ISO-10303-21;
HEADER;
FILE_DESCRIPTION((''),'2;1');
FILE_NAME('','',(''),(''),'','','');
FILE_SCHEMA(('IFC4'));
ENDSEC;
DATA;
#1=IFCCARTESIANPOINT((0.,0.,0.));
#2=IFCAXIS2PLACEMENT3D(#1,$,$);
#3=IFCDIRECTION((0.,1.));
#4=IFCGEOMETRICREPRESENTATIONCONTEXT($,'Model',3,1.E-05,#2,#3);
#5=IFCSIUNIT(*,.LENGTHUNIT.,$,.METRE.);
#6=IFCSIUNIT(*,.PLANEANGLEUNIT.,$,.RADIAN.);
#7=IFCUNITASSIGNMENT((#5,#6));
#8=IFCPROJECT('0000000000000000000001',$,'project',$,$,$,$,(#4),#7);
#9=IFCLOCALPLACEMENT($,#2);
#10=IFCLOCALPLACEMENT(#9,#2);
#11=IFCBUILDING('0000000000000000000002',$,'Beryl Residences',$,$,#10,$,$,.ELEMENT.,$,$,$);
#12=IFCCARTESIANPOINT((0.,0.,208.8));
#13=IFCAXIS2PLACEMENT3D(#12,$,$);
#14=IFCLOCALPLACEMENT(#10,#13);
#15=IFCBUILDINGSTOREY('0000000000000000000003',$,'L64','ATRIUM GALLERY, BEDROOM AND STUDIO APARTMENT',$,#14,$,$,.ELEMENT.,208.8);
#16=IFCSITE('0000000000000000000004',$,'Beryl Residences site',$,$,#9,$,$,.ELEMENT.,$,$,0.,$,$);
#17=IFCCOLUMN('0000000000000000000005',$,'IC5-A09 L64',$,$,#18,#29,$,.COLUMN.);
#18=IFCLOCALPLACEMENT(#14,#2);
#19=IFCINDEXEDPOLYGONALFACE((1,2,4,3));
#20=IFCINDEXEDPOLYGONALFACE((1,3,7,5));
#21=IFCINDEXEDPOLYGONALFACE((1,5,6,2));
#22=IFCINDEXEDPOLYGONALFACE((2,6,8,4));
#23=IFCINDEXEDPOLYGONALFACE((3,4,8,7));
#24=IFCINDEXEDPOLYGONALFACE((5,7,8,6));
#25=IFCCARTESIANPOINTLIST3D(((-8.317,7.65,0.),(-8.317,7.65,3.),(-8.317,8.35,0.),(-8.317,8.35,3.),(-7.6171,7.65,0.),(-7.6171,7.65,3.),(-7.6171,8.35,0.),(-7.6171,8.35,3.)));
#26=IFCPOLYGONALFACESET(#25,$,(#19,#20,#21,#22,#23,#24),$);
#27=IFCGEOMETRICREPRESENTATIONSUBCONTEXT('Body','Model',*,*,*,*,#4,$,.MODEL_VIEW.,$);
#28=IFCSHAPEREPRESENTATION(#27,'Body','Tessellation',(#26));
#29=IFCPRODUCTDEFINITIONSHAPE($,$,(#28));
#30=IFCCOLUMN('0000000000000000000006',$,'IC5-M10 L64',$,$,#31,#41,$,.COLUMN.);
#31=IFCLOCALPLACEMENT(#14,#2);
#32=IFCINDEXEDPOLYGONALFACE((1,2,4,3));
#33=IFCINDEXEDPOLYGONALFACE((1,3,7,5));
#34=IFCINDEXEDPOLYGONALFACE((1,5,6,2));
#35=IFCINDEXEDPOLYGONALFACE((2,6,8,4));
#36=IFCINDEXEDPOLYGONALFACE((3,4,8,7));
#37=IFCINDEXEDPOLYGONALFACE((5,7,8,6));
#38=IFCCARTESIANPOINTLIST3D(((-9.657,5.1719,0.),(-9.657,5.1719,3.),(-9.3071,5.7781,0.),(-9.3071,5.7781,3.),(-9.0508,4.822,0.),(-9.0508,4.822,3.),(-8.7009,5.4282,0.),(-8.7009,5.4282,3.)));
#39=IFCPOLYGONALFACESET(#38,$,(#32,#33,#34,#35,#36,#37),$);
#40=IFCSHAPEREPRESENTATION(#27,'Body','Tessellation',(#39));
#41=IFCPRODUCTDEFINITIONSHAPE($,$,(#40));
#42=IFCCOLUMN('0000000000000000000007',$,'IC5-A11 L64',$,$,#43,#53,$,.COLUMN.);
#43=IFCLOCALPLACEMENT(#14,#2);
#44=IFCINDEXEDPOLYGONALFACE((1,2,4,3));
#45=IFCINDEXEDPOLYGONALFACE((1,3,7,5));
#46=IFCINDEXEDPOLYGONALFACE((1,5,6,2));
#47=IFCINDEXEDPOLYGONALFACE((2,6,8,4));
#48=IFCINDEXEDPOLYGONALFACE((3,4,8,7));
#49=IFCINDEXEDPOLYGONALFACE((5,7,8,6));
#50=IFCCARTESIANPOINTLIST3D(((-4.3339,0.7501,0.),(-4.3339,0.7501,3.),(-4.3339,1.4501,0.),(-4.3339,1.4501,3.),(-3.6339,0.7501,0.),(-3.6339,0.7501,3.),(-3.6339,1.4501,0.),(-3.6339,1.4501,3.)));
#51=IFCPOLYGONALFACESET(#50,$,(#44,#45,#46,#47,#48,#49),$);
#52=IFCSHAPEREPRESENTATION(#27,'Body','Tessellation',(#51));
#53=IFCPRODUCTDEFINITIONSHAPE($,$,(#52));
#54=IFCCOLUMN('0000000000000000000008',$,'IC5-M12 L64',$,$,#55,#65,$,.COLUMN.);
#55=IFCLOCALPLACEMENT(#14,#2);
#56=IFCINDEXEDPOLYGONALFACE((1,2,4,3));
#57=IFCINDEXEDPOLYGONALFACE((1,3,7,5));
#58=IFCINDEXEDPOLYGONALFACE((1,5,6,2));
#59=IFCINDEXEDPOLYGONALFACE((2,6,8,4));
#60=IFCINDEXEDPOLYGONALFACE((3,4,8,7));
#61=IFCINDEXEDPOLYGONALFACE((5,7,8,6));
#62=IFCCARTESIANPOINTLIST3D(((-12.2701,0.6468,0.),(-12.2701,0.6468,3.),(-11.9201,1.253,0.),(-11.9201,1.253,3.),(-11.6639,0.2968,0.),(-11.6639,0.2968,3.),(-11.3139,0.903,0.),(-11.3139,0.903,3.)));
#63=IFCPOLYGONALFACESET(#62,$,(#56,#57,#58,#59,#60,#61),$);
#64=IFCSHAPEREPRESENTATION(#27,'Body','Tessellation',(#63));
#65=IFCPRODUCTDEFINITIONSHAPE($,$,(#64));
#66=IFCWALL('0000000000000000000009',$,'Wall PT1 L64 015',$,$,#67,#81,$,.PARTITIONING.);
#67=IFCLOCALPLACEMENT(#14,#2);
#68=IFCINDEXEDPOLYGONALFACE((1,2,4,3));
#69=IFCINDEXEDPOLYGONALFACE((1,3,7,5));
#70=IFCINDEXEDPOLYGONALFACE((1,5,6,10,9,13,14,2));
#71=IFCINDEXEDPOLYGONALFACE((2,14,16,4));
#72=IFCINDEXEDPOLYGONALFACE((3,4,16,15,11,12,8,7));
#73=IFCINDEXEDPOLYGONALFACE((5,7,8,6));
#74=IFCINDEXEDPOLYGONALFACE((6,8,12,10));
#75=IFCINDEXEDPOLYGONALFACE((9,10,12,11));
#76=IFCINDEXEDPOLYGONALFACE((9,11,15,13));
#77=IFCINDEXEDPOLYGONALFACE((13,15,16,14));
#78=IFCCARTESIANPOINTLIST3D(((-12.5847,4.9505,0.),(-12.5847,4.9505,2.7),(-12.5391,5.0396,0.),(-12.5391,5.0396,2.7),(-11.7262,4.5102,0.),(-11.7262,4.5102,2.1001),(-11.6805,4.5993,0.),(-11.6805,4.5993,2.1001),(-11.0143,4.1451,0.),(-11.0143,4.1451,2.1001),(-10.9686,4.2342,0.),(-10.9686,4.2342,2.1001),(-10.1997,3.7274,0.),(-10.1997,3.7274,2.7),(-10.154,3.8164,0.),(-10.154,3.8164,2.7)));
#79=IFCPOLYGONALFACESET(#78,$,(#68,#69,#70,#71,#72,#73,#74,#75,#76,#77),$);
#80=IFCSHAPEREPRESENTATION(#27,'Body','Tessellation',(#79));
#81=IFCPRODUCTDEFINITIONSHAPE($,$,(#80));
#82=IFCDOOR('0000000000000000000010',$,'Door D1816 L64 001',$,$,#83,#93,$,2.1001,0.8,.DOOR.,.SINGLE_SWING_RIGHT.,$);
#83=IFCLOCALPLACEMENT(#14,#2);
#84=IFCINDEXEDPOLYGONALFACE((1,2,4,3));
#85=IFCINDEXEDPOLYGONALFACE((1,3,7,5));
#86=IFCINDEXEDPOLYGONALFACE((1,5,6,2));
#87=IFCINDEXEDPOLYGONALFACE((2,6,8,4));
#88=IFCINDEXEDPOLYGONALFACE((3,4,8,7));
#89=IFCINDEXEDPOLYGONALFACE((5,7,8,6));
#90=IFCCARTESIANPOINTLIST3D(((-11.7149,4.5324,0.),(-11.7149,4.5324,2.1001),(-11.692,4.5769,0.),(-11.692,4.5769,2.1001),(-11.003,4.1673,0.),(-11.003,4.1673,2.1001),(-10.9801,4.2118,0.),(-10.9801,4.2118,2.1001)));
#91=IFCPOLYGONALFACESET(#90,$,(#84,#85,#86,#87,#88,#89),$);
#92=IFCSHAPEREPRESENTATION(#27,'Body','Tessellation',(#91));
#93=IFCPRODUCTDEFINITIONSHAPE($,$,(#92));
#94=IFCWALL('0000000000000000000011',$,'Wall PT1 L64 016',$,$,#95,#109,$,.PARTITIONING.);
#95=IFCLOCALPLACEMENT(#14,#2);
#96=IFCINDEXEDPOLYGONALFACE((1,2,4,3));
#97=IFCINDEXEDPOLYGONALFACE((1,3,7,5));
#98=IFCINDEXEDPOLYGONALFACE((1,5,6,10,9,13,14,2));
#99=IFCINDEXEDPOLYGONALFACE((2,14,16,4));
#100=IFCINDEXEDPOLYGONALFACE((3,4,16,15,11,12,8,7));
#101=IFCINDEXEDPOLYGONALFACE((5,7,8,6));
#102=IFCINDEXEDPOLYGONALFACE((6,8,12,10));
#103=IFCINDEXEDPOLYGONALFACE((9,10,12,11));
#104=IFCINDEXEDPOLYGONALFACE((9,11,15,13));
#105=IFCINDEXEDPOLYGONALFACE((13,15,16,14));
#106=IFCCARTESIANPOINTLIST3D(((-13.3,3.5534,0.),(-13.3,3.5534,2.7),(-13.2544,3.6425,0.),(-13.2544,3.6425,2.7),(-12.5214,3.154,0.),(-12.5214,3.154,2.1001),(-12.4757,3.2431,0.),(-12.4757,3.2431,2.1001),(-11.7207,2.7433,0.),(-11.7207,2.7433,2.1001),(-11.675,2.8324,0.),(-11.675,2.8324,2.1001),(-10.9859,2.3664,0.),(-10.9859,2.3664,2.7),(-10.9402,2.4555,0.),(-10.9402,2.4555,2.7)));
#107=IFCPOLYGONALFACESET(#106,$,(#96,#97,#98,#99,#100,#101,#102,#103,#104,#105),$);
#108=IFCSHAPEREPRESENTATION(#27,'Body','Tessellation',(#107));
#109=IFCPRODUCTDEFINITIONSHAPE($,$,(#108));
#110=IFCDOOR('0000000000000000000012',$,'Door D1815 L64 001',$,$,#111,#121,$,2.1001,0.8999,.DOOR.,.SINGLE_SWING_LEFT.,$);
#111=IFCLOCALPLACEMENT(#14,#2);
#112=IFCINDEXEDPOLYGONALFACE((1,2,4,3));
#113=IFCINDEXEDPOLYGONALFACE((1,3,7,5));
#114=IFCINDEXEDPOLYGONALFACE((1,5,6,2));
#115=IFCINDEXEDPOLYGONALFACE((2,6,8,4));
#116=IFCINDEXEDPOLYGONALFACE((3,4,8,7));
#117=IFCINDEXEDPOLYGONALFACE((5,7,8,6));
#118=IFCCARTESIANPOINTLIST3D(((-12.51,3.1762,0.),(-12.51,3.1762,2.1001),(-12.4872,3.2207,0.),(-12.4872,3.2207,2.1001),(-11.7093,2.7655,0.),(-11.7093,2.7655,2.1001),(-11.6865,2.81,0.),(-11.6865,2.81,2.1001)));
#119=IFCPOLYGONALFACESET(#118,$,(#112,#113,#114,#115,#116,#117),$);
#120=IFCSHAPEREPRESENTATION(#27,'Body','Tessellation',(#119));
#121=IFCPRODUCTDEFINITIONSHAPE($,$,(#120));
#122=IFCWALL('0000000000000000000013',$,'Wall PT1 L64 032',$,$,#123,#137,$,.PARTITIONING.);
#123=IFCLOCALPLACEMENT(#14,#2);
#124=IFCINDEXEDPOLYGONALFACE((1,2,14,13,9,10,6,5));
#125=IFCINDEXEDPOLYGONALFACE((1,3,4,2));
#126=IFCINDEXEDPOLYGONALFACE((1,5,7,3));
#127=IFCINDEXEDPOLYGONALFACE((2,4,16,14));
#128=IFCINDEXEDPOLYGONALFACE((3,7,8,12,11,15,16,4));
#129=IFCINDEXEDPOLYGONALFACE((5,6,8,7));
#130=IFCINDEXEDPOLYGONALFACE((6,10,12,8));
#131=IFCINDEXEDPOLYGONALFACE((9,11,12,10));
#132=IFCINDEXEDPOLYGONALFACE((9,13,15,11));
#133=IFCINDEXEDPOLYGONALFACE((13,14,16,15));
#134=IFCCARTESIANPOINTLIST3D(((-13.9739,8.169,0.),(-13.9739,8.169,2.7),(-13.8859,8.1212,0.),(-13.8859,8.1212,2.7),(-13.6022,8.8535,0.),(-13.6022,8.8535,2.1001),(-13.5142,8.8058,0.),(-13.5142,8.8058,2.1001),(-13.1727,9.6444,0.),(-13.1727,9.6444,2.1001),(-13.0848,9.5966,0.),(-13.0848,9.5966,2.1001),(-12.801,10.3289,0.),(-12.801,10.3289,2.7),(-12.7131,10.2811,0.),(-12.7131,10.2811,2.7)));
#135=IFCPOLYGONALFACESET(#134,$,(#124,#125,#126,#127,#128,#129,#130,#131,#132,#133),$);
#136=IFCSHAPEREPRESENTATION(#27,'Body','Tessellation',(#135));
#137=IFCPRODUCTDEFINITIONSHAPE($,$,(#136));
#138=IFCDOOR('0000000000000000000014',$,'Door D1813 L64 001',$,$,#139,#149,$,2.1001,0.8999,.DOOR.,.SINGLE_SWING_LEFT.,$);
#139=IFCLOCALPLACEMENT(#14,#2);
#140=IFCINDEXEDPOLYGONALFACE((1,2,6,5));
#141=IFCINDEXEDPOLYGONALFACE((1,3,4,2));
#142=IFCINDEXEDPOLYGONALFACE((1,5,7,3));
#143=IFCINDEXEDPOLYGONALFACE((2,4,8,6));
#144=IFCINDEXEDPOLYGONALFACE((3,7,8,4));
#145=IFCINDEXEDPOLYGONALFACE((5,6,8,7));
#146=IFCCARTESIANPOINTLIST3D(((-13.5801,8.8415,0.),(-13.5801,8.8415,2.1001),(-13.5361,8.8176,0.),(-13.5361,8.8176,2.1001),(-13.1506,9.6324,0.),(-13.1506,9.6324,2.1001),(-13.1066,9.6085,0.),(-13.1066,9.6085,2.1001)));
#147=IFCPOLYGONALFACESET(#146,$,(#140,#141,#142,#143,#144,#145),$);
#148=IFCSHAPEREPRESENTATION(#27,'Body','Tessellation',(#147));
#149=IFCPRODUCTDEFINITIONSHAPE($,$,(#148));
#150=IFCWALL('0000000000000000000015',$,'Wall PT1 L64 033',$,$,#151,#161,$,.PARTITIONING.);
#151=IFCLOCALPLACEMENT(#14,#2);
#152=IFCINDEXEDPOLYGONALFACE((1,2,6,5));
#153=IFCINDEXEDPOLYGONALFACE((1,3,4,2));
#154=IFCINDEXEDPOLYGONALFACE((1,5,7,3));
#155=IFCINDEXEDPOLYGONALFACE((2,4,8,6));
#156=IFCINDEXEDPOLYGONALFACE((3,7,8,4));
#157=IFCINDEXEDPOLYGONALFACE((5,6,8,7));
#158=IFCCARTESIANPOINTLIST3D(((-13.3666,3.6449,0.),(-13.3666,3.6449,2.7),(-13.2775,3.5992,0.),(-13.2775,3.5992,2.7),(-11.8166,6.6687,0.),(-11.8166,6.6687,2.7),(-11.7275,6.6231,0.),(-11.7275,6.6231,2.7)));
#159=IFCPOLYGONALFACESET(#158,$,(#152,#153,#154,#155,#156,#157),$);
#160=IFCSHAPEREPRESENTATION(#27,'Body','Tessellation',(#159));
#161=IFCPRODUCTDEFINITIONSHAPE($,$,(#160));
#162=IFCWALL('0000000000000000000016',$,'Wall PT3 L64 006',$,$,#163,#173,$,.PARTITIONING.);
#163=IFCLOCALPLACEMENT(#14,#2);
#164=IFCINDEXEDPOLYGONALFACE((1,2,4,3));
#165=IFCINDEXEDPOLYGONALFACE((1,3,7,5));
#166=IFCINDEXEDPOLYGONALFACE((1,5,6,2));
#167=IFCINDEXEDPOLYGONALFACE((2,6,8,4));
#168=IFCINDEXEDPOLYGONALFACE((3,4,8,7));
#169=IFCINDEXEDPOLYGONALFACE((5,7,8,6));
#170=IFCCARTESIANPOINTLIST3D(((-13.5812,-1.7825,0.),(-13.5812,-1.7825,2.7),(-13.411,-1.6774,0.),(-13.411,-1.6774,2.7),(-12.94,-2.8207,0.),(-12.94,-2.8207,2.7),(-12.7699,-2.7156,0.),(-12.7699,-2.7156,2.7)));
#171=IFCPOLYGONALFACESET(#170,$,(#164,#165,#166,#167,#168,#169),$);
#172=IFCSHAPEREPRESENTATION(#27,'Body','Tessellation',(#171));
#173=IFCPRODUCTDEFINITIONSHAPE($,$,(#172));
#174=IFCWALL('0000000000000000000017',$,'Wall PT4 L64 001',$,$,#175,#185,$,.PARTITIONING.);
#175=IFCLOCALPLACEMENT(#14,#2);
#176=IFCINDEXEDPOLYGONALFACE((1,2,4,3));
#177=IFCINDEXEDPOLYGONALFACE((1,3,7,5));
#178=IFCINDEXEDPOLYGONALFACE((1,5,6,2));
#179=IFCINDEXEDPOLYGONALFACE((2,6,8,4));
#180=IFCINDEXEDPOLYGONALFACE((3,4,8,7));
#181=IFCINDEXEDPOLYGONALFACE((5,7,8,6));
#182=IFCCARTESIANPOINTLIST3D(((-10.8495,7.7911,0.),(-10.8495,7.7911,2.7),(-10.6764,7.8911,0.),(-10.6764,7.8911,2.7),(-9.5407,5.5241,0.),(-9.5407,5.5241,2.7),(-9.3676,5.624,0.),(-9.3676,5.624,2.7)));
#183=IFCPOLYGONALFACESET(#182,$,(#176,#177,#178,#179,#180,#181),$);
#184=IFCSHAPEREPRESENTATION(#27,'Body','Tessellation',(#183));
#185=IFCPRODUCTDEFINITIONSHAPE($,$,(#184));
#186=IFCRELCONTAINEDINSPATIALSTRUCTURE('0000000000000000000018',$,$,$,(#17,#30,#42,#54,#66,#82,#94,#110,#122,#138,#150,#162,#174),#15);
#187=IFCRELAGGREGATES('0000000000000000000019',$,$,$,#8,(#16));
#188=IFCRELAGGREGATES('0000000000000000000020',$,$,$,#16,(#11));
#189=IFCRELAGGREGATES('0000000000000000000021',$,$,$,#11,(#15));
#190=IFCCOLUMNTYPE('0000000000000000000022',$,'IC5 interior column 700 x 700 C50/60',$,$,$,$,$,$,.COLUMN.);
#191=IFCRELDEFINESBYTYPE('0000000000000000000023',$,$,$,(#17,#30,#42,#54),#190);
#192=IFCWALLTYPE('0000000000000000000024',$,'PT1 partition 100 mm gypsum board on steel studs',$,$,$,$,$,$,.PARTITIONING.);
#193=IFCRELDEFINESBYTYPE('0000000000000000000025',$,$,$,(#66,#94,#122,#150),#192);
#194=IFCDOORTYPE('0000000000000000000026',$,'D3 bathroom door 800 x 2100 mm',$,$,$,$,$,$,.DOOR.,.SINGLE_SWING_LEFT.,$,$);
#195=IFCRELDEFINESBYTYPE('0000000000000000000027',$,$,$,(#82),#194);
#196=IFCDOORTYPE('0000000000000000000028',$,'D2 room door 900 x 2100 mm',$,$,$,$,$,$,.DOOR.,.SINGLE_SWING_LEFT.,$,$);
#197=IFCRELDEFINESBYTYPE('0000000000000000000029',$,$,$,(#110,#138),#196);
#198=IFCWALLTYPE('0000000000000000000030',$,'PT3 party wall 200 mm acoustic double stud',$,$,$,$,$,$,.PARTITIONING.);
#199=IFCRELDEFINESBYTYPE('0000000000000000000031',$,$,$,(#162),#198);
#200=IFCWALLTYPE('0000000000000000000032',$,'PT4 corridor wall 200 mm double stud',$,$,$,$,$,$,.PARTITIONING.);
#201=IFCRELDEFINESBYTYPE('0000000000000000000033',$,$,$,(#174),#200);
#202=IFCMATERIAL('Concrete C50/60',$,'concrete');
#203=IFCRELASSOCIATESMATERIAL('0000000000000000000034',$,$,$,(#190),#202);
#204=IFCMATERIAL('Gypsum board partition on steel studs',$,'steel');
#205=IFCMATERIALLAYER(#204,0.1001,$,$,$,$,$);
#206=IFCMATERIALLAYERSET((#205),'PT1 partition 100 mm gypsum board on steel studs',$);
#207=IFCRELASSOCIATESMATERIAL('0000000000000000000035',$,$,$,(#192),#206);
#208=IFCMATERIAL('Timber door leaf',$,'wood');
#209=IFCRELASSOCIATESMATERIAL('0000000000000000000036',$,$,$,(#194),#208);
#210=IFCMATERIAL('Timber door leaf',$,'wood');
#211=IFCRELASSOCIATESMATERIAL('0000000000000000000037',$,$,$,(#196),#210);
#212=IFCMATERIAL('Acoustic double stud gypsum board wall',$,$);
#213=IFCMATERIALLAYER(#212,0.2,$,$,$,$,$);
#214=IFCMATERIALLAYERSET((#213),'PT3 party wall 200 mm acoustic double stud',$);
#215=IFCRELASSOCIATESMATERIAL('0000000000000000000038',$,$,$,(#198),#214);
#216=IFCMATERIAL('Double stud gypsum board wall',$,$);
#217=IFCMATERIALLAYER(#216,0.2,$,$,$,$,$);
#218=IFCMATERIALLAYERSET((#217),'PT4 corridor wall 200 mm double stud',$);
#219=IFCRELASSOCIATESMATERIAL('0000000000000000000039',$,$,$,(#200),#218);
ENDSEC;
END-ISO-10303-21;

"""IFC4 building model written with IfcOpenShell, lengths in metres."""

from ifc_helpers import new_model, si_unit, direction, frame, frame_2d, origin, origin_2d, place, context, subcontext, project, spatial, rectangle, extrude, material, layer, layer_set, material_profile, profile_set, type_object, element, fill, save


model = new_model("IFC4")

# Units and contexts
model_context = context("Model", 3, precision=1e-05, world=origin(), true_north=direction((0.0, 1.0)))
body_context = subcontext(model_context, "Body", "Model", "MODEL_VIEW")
ifc_project = project(units=[si_unit("LENGTHUNIT", "METRE"), si_unit("PLANEANGLEUNIT", "RADIAN")], contexts=[model_context])

# Site, building, storey
site_placement = place(None, origin())
site = spatial("IfcSite", under=ifc_project, at=site_placement, Name="Beryl Residences site", CompositionType="ELEMENT", RefElevation=0.0)
building_placement = place(site_placement, origin())
building = spatial("IfcBuilding", under=site, at=building_placement, Name="Beryl Residences", CompositionType="ELEMENT")
storey_placement = place(building_placement, frame((0.0, 0.0, 208.8)))
storey = spatial("IfcBuildingStorey", under=building, at=storey_placement, Name="L64", Description="ATRIUM GALLERY, BEDROOM AND STUDIO APARTMENT", CompositionType="ELEMENT", Elevation=208.8)

# Columns
ifc_material_1 = material(Name="Concrete C50/60", Category="concrete")
ifc_material_profile = material_profile(ifc_material_1, rectangle(XDim=0.7, YDim=0.7, at=origin_2d()))
ifc_profile_set = profile_set([ifc_material_profile], Name="Concrete C50/60")
column_type = type_object("IfcColumnType", Name="IC5 interior column 700 x 700 C50/60", PredefinedType="COLUMN", material=ifc_profile_set)
for number, where, z_axis, x_axis, name in (
    (1, (-7.967, 8.0, 0.0), (0.0, 0.0, 1.0), (1.0, 0.0, 0.0), "IC5-A09 L64"),
    (2, (-9.179, 5.3, 0.0), (0.0, 0.0, 1.0), (-0.49997, -0.866043, 0.0), "IC5-M10 L64"),
    (3, (-3.9839, 1.1001, 0.0), (0.0, 0.0, 1.0), (1.0, 0.0, 0.0), "IC5-A11 L64"),
    (4, (-11.792, 0.7749, 0.0), (0.0, 0.0, 1.0), (-0.49997, -0.866043, 0.0), "IC5-M12 L64"),
):
    element("IfcColumn", number, at=place(storey_placement, frame(where, z_axis=z_axis, x_axis=x_axis)), inside=storey, type_object=column_type, Name=name, PredefinedType="COLUMN", context=body_context, shape_type="SweptSolid", body=[
        extrude(rectangle(XDim=0.7, YDim=0.7, at=origin_2d()), origin(), (0.0, 0.0, 1.0), 3.0),
    ])

# Walls, openings, doors
ifc_material_2 = material(Name="Gypsum board partition on steel studs", Category="steel")
ifc_layer_1 = layer(ifc_material_2, 0.1001)
ifc_layer_set_1 = layer_set([ifc_layer_1], Name="PT1 partition 100 mm gypsum board on steel studs")
wall_type_1 = type_object("IfcWallType", Name="PT1 partition 100 mm gypsum board on steel studs", PredefinedType="PARTITIONING", material=ifc_layer_set_1)
wall_1_placement = place(storey_placement, frame((-12.562, 4.9951, 0.0), z_axis=(0.0, 0.0, 1.0), x_axis=(0.889808, -0.456335, 0.0)))
wall_1 = element("IfcWall", 5, at=wall_1_placement, inside=storey, type_object=wall_type_1, Name="Wall PT1 L64 015", PredefinedType="PARTITIONING", context=body_context, shape_type="SweptSolid", body=[
    extrude(rectangle(XDim=2.6804, YDim=0.1001, at=frame_2d((1.3403, 0.0))), origin(), (0.0, 0.0, 1.0), 2.7),
])
opening_1_placement = place(wall_1_placement, frame((0.9651, 0.0, 0.0)))
opening_1 = element("IfcOpeningElement", 6, at=opening_1_placement, cuts=wall_1, PredefinedType="OPENING", context=body_context, shape_type="SweptSolid", body=[
    extrude(rectangle(XDim=0.8, YDim=2.1001, at=frame_2d((0.3999, 1.05))), frame((0.0, 0.0601, 0.0), z_axis=(0.0, -1.0, 0.0), x_axis=(1.0, 0.0, 0.0)), (0.0, 0.0, 1.0), 0.1201),
])
ifc_material_3 = material(Name="Timber door leaf", Category="wood")
door_type_1 = type_object("IfcDoorType", Name="D3 bathroom door 800 x 2100 mm", OperationType="SINGLE_SWING_LEFT", PredefinedType="DOOR", material=ifc_material_3)
door_1_placement = place(opening_1_placement, origin())
door_1 = element("IfcDoor", 7, at=door_1_placement, inside=storey, type_object=door_type_1, Name="Door D1816 L64 001", OperationType="SINGLE_SWING_RIGHT", OverallHeight=2.1001, OverallWidth=0.8, PredefinedType="DOOR", context=body_context, shape_type="SweptSolid", body=[
    extrude(rectangle(XDim=0.8, YDim=2.1001, at=frame_2d((0.3999, 1.05))), frame((0.0, 0.0249, 0.0), z_axis=(0.0, -1.0, 0.0), x_axis=(1.0, 0.0, 0.0)), (0.0, 0.0, 1.0), 0.05),
])
fill(opening_1, door_1)
wall_2_placement = place(storey_placement, frame((-13.2771, 3.5979, 0.0), z_axis=(0.0, 0.0, 1.0), x_axis=(0.88978, -0.456389, 0.0)))
wall_2 = element("IfcWall", 8, at=wall_2_placement, inside=storey, type_object=wall_type_1, Name="Wall PT1 L64 016", PredefinedType="PARTITIONING", context=body_context, shape_type="SweptSolid", body=[
    extrude(rectangle(XDim=2.6008, YDim=0.1001, at=frame_2d((1.3003, 0.0))), origin(), (0.0, 0.0, 1.0), 2.7),
])
opening_2_placement = place(wall_2_placement, frame((0.875, 0.0, 0.0)))
opening_2 = element("IfcOpeningElement", 9, at=opening_2_placement, cuts=wall_2, PredefinedType="OPENING", context=body_context, shape_type="SweptSolid", body=[
    extrude(rectangle(XDim=0.8999, YDim=2.1001, at=frame_2d((0.45, 1.05))), frame((0.0, 0.0601, 0.0), z_axis=(0.0, -1.0, 0.0), x_axis=(1.0, 0.0, 0.0)), (0.0, 0.0, 1.0), 0.1201),
])
ifc_material_4 = material(Name="Timber door leaf", Category="wood")
door_type_2 = type_object("IfcDoorType", Name="D2 room door 900 x 2100 mm", OperationType="SINGLE_SWING_LEFT", PredefinedType="DOOR", material=ifc_material_4)
door_2_placement = place(opening_2_placement, origin())
door_2 = element("IfcDoor", 10, at=door_2_placement, inside=storey, type_object=door_type_2, Name="Door D1815 L64 001", OperationType="SINGLE_SWING_LEFT", OverallHeight=2.1001, OverallWidth=0.8999, PredefinedType="DOOR", context=body_context, shape_type="SweptSolid", body=[
    extrude(rectangle(XDim=0.8999, YDim=2.1001, at=frame_2d((0.45, 1.05))), frame((0.0, 0.0249, 0.0), z_axis=(0.0, -1.0, 0.0), x_axis=(1.0, 0.0, 0.0)), (0.0, 0.0, 1.0), 0.05),
])
fill(opening_2, door_2)
wall_3_placement = place(storey_placement, frame((-13.9299, 8.145, 0.0), z_axis=(0.0, 0.0, 1.0), x_axis=(0.477195, 0.878797, 0.0)))
wall_3 = element("IfcWall", 11, at=wall_3_placement, inside=storey, type_object=wall_type_1, Name="Wall PT1 L64 032", PredefinedType="PARTITIONING", context=body_context, shape_type="SweptSolid", body=[
    extrude(rectangle(XDim=2.4578, YDim=0.1001, at=frame_2d((1.229, 0.0))), origin(), (0.0, 0.0, 1.0), 2.7),
])
opening_3_placement = place(wall_3_placement, frame((0.7791, 0.0, 0.0)))
opening_3 = element("IfcOpeningElement", 12, at=opening_3_placement, cuts=wall_3, PredefinedType="OPENING", context=body_context, shape_type="SweptSolid", body=[
    extrude(rectangle(XDim=0.8999, YDim=2.1001, at=frame_2d((0.45, 1.05))), frame((0.0, 0.0601, 0.0), z_axis=(0.0, -1.0, 0.0), x_axis=(1.0, 0.0, 0.0)), (0.0, 0.0, 1.0), 0.1201),
])
door_3_placement = place(opening_3_placement, origin())
door_3 = element("IfcDoor", 13, at=door_3_placement, inside=storey, type_object=door_type_2, Name="Door D1813 L64 001", OperationType="SINGLE_SWING_LEFT", OverallHeight=2.1001, OverallWidth=0.8999, PredefinedType="DOOR", context=body_context, shape_type="SweptSolid", body=[
    extrude(rectangle(XDim=0.8999, YDim=2.1001, at=frame_2d((0.45, 1.05))), frame((0.0, 0.0249, 0.0), z_axis=(0.0, -1.0, 0.0), x_axis=(1.0, 0.0, 0.0)), (0.0, 0.0, 1.0), 0.05),
])
fill(opening_3, door_3)

# Walls
wall_4_placement = place(storey_placement, frame((-13.322, 3.6221, 0.0), z_axis=(0.0, 0.0, 1.0), x_axis=(0.456158, 0.889899, 0.0)))
element("IfcWall", 14, at=wall_4_placement, inside=storey, type_object=wall_type_1, Name="Wall PT1 L64 033", PredefinedType="PARTITIONING", context=body_context, shape_type="SweptSolid", body=[
    extrude(rectangle(XDim=3.3979, YDim=0.1001, at=frame_2d((1.699, 0.0))), origin(), (0.0, 0.0, 1.0), 2.7),
])
ifc_material_5 = material(Name="Acoustic double stud gypsum board wall")
ifc_layer_2 = layer(ifc_material_5, 0.2)
ifc_layer_set_2 = layer_set([ifc_layer_2], Name="PT3 party wall 200 mm acoustic double stud")
wall_type_2 = type_object("IfcWallType", Name="PT3 party wall 200 mm acoustic double stud", PredefinedType="PARTITIONING", material=ifc_layer_set_2)
wall_5_placement = place(storey_placement, frame((-13.4961, -1.73, 0.0), z_axis=(0.0, 0.0, 1.0), x_axis=(0.525459, -0.850819, 0.0)))
element("IfcWall", 15, at=wall_5_placement, inside=storey, type_object=wall_type_2, Name="Wall PT3 L64 006", PredefinedType="PARTITIONING", context=body_context, shape_type="SweptSolid", body=[
    extrude(rectangle(XDim=1.2202, YDim=0.2, at=frame_2d((0.6101, 0.0))), origin(), (0.0, 0.0, 1.0), 2.7),
])
ifc_material_6 = material(Name="Double stud gypsum board wall")
ifc_layer_3 = layer(ifc_material_6, 0.2)
ifc_layer_set_3 = layer_set([ifc_layer_3], Name="PT4 corridor wall 200 mm double stud")
wall_type_3 = type_object("IfcWallType", Name="PT4 corridor wall 200 mm double stud", PredefinedType="PARTITIONING", material=ifc_layer_set_3)
wall_6_placement = place(storey_placement, frame((-10.7629, 7.8411, 0.0), z_axis=(0.0, 0.0, 1.0), x_axis=(0.499981, -0.866036, 0.0)))
element("IfcWall", 16, at=wall_6_placement, inside=storey, type_object=wall_type_3, Name="Wall PT4 L64 001", PredefinedType="PARTITIONING", context=body_context, shape_type="SweptSolid", body=[
    extrude(rectangle(XDim=2.6177, YDim=0.2, at=frame_2d((1.3088, 0.0))), origin(), (0.0, 0.0, 1.0), 2.7),
])

save(model, "model.ifc")
